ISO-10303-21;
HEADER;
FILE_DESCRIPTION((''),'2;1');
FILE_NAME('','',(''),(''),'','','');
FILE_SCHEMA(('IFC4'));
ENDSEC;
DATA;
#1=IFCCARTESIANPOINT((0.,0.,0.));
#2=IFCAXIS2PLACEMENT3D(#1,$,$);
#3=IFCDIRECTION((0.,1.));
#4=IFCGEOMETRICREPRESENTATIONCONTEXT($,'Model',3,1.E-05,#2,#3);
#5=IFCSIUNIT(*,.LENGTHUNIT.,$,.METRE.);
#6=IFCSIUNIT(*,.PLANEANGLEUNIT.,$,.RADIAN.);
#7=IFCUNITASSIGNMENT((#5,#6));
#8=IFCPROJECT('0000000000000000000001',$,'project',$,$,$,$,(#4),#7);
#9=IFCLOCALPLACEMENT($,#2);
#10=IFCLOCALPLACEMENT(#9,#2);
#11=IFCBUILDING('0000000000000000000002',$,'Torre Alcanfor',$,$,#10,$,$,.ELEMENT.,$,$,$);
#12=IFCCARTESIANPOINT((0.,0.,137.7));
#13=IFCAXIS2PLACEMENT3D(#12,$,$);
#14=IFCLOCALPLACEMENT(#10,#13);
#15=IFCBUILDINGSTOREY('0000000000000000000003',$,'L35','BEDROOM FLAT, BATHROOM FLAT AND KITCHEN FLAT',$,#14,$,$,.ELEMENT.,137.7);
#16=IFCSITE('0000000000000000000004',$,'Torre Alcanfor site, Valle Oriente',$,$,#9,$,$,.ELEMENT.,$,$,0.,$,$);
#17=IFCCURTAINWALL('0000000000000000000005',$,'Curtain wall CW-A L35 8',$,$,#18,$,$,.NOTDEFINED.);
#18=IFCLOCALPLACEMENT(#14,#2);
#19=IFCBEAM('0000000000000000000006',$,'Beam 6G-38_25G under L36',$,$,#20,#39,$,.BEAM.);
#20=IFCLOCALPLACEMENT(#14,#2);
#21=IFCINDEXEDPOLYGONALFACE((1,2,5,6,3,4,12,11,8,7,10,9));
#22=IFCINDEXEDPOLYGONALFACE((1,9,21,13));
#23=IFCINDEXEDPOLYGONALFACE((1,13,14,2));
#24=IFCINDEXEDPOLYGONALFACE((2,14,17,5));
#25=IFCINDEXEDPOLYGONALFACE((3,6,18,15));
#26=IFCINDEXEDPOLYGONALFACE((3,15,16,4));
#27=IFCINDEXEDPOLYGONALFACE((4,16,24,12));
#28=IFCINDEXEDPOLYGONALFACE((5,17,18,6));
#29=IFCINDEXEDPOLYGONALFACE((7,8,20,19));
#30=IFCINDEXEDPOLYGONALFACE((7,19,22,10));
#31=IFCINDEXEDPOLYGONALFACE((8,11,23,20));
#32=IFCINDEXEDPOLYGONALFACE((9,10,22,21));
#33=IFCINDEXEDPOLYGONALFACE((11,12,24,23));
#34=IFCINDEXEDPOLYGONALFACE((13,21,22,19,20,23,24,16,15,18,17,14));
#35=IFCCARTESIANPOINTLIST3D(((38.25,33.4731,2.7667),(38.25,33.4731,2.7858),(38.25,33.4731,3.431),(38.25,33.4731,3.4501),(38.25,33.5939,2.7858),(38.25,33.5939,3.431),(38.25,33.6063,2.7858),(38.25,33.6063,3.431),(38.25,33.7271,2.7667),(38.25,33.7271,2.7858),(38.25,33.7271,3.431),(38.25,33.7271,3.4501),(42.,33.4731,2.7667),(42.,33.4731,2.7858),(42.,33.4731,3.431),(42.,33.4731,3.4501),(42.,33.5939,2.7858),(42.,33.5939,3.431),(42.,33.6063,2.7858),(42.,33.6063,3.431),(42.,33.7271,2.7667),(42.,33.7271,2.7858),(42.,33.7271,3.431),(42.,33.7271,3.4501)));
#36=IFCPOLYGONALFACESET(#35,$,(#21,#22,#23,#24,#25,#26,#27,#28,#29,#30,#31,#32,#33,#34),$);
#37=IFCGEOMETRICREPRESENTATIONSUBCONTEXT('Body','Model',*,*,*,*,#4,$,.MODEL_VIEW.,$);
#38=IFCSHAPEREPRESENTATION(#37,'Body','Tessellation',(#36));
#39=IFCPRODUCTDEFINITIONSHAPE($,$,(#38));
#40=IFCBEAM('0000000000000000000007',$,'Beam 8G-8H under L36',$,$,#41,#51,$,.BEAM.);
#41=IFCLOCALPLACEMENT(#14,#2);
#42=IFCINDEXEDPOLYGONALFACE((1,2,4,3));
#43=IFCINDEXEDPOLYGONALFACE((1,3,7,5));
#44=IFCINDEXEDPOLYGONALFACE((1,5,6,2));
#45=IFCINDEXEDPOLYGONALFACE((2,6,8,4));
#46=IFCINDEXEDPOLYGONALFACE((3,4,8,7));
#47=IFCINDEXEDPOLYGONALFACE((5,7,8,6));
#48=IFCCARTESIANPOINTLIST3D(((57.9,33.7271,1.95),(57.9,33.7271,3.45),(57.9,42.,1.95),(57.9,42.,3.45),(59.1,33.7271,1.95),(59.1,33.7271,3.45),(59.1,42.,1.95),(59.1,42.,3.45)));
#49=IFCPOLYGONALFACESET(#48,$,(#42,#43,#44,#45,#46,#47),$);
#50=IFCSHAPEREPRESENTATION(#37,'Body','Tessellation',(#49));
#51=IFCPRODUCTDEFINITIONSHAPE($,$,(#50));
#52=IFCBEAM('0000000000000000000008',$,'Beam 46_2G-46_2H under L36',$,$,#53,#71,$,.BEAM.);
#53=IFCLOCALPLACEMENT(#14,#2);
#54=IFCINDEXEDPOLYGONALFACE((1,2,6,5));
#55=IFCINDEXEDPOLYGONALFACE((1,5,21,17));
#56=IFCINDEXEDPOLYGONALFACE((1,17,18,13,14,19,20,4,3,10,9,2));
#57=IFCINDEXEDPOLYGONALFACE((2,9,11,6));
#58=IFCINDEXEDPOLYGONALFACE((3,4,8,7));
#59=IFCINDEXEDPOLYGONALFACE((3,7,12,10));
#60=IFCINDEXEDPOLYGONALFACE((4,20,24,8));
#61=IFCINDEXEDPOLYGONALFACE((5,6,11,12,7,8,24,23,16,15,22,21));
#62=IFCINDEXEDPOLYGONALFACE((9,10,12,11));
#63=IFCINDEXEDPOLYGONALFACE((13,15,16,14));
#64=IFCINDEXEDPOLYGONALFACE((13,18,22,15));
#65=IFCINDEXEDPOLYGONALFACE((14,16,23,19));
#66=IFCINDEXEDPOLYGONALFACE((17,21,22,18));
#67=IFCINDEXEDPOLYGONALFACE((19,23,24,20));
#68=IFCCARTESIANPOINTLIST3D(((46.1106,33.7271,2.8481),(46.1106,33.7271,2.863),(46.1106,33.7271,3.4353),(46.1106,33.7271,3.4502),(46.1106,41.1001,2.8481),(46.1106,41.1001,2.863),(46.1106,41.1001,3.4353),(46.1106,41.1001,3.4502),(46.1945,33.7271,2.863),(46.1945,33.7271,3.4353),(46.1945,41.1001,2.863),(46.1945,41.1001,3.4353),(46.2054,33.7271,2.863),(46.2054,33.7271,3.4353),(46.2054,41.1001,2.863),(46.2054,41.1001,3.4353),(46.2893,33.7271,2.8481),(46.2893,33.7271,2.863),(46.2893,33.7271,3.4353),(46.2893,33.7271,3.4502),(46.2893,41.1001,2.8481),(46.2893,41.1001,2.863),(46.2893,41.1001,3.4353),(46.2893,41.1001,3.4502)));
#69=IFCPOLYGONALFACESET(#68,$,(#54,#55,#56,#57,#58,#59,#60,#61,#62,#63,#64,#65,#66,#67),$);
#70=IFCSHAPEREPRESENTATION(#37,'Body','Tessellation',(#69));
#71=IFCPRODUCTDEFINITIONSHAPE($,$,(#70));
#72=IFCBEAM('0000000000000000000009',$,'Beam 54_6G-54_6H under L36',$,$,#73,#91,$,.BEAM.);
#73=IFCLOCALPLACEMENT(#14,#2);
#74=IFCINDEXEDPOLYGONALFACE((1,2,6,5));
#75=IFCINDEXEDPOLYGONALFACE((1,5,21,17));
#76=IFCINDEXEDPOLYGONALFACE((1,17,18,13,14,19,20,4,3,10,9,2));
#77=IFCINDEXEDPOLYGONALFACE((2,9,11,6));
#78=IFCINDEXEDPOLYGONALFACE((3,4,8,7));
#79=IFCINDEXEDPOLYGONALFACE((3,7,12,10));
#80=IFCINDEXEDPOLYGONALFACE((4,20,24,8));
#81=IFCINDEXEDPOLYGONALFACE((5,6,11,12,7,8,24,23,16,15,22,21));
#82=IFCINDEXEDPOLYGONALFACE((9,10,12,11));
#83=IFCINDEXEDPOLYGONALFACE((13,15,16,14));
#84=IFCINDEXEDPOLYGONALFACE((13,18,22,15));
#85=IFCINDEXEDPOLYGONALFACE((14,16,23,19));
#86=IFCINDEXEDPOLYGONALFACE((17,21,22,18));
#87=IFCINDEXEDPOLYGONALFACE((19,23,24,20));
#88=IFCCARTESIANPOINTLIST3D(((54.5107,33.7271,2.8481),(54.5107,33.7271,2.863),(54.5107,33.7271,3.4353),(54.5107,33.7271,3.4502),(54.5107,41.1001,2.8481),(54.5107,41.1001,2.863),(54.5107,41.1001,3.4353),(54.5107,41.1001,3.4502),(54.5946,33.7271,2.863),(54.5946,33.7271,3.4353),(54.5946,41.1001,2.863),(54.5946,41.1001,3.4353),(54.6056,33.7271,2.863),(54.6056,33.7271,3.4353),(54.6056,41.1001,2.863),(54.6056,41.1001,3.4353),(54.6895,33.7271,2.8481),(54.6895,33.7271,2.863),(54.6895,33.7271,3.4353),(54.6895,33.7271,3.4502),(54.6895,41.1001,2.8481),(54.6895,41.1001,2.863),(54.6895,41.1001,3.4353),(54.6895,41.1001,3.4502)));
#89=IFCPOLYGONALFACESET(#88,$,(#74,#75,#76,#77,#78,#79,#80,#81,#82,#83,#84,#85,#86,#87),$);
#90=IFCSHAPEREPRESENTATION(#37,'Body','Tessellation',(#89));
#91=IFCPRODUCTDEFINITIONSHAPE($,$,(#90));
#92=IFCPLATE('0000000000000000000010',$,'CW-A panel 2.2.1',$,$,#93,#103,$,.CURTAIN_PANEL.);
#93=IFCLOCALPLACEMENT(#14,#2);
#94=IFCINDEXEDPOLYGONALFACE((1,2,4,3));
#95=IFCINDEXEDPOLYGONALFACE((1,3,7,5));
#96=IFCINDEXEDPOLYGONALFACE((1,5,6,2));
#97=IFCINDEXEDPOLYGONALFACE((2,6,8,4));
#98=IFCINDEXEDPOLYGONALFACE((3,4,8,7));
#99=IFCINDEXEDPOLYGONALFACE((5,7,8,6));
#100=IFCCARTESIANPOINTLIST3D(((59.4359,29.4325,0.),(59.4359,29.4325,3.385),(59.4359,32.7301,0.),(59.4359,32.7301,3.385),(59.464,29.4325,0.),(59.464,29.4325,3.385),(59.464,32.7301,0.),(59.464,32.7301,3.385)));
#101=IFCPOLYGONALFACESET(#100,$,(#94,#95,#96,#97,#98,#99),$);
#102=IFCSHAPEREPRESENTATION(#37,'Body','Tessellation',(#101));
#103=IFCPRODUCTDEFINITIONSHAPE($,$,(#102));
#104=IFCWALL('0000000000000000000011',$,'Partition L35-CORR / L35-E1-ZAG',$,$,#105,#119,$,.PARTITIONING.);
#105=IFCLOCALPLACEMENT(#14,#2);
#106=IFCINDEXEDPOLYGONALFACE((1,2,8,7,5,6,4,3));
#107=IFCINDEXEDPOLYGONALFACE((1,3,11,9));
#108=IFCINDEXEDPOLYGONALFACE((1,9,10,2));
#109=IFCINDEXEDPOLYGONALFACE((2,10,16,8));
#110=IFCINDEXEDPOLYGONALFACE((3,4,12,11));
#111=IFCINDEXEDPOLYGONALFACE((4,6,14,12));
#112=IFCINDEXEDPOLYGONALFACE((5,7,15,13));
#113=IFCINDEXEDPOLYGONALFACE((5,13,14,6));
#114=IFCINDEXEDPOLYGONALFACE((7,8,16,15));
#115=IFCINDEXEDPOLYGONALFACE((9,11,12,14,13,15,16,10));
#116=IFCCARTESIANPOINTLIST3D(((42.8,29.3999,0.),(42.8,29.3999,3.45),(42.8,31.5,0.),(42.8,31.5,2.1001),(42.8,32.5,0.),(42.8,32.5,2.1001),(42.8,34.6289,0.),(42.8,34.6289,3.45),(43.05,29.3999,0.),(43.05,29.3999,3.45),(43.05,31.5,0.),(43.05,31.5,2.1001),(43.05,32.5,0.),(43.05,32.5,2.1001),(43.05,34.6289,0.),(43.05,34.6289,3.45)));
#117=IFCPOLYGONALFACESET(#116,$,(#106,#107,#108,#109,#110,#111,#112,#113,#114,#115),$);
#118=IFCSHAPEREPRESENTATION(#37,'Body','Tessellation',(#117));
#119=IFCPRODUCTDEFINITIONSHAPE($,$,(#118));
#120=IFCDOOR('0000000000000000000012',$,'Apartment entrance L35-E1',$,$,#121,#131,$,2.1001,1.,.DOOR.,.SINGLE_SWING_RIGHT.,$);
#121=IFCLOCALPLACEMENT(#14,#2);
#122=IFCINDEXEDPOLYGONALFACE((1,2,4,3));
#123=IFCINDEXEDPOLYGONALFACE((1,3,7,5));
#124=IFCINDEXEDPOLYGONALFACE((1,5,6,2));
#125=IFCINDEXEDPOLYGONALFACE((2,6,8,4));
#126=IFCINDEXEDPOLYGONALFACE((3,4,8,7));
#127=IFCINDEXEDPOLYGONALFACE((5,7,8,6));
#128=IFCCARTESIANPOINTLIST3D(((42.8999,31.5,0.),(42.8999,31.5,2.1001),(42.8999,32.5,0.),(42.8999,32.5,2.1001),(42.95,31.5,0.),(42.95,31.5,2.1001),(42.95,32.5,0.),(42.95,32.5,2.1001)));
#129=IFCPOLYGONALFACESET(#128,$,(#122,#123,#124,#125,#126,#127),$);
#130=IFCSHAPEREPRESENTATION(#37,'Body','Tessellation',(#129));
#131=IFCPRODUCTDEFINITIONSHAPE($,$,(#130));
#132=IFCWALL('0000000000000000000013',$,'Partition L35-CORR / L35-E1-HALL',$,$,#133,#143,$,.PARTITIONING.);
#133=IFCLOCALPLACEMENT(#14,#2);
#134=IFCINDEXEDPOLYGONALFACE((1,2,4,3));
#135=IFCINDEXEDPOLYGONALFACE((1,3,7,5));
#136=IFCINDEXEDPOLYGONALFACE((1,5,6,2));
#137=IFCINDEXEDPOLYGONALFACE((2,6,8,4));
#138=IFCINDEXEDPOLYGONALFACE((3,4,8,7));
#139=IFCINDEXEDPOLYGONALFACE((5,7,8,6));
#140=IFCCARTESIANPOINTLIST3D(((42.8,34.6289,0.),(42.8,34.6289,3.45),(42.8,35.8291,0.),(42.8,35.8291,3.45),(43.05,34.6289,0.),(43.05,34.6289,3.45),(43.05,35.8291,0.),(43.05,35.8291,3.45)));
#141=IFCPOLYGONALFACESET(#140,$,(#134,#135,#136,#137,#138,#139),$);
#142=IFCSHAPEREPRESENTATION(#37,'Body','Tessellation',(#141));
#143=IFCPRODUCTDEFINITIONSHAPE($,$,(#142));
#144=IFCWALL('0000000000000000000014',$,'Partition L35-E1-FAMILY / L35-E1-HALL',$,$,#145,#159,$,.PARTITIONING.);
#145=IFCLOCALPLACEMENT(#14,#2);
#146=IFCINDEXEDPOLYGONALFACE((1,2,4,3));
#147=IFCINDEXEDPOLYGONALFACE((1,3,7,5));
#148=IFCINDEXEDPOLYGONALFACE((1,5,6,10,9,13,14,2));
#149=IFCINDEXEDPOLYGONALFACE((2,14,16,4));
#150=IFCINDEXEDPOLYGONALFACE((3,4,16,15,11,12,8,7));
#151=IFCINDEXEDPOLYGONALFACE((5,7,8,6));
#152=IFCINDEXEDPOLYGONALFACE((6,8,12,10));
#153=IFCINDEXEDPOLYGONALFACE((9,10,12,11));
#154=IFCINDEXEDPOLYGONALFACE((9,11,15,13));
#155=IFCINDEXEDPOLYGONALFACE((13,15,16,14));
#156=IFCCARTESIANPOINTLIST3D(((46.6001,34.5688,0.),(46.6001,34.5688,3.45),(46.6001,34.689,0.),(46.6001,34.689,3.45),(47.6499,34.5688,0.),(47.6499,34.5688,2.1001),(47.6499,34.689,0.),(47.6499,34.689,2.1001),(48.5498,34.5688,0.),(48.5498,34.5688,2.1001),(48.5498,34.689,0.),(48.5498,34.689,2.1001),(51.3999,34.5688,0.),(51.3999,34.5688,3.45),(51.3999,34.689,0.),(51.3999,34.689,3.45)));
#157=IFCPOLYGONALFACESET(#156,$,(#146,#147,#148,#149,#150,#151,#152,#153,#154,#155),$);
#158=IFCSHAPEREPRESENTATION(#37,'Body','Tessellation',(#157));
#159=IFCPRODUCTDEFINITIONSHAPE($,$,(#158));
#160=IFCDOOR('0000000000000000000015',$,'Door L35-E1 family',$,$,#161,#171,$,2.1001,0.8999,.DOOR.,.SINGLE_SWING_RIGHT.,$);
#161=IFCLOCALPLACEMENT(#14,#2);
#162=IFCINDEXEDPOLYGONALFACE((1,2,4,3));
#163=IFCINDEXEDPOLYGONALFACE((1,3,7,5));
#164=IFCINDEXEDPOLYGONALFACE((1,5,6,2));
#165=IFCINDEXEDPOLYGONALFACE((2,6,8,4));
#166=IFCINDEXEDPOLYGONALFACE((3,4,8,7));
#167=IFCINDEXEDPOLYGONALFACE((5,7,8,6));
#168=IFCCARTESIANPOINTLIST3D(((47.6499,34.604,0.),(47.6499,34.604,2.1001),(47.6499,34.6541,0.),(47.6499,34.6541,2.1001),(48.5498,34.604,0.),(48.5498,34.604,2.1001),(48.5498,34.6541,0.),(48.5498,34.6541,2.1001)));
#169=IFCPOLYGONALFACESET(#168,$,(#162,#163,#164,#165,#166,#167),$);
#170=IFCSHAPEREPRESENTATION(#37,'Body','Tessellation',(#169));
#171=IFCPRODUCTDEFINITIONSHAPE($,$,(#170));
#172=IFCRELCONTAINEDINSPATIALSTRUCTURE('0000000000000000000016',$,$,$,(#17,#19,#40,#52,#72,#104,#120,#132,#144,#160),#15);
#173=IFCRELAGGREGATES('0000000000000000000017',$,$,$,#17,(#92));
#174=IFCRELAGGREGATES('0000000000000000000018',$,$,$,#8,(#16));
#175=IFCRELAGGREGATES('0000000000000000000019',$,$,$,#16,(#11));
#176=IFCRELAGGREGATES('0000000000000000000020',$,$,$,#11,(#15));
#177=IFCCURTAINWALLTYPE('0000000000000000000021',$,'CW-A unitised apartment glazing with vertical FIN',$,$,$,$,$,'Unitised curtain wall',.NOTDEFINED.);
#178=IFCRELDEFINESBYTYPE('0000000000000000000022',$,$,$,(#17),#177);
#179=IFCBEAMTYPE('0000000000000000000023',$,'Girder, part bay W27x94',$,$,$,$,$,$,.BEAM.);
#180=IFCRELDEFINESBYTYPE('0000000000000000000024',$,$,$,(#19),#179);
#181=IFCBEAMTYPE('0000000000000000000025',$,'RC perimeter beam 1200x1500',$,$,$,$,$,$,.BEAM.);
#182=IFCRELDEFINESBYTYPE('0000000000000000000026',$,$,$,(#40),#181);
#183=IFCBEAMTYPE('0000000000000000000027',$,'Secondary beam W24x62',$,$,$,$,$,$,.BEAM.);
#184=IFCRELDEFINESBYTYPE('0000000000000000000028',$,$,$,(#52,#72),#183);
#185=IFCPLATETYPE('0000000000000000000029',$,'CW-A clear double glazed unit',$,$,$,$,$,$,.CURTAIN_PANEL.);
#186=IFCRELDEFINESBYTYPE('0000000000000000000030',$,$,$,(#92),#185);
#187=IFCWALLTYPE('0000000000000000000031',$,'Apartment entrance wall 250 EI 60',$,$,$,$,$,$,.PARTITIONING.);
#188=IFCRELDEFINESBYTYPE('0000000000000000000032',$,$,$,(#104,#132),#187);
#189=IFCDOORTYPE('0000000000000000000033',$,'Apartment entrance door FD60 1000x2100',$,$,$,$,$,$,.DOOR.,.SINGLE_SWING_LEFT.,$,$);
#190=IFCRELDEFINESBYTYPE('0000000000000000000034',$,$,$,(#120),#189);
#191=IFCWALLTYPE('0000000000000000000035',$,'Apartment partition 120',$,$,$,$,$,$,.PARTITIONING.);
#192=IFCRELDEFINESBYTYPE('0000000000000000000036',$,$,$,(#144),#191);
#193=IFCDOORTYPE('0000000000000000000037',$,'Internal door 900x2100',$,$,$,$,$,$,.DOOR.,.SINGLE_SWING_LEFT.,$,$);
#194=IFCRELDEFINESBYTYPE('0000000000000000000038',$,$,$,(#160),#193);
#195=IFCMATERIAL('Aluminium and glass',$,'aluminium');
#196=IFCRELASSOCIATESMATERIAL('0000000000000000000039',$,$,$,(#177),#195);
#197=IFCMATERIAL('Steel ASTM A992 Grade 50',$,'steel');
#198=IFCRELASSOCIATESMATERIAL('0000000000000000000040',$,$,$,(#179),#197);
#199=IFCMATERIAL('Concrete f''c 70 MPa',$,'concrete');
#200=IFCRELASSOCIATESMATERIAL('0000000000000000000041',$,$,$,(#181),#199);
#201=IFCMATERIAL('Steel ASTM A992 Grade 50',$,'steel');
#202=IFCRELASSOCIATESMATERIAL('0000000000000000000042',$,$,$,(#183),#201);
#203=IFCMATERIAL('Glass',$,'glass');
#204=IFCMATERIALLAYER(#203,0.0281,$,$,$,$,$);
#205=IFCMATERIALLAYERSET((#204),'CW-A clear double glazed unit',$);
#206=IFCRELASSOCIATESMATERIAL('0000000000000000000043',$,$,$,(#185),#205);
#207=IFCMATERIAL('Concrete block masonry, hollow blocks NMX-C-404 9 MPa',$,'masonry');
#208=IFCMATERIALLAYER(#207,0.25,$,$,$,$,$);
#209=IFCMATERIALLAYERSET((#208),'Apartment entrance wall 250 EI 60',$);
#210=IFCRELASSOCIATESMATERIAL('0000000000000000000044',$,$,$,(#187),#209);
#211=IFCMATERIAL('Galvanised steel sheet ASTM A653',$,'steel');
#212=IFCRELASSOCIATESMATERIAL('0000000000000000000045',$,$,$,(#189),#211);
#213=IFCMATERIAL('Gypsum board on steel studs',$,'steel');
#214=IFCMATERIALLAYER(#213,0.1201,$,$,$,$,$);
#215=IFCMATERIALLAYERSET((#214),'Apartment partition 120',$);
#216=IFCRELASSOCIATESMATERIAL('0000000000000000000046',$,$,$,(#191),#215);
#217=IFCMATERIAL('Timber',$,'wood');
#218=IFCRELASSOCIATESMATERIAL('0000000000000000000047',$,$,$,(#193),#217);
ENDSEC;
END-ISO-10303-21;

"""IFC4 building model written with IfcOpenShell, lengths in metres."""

from ifc_helpers import new_model, si_unit, direction, frame, frame_2d, origin, origin_2d, place, context, subcontext, project, spatial, rectangle, i_section, extrude, material, layer, layer_set, material_profile, profile_set, type_object, element, fill, aggregate, save


model = new_model("IFC4")

# Units and contexts
model_context = context("Model", 3, precision=1e-05, world=origin(), true_north=direction((0.0, 1.0)))
body_context = subcontext(model_context, "Body", "Model", "MODEL_VIEW")
ifc_project = project(units=[si_unit("LENGTHUNIT", "METRE"), si_unit("PLANEANGLEUNIT", "RADIAN")], contexts=[model_context])

# Site, building, storey
site_placement = place(None, origin())
site = spatial("IfcSite", under=ifc_project, at=site_placement, Name="Torre Alcanfor site, Valle Oriente", CompositionType="ELEMENT", RefElevation=0.0)
building_placement = place(site_placement, origin())
building = spatial("IfcBuilding", under=site, at=building_placement, Name="Torre Alcanfor", CompositionType="ELEMENT")
storey_placement = place(building_placement, frame((0.0, 0.0, 137.7)))
storey = spatial("IfcBuildingStorey", under=building, at=storey_placement, Name="L35", Description="BEDROOM FLAT, BATHROOM FLAT AND KITCHEN FLAT", CompositionType="ELEMENT", Elevation=137.7)

# Curtain wall
ifc_material_1 = material(Name="Aluminium and glass", Category="aluminium")
curtain_wall_type = type_object("IfcCurtainWallType", Name="CW-A unitised apartment glazing with vertical FIN", ElementType="Unitised curtain wall", PredefinedType="NOTDEFINED", material=ifc_material_1)
curtain_wall_placement = place(storey_placement, origin())
curtain_wall = element("IfcCurtainWall", 1, at=curtain_wall_placement, inside=storey, type_object=curtain_wall_type, Name="Curtain wall CW-A L35 8", PredefinedType="NOTDEFINED")

# Beams
ifc_material_2 = material(Name="Steel ASTM A992 Grade 50", Category="steel")
ifc_material_profile_1 = material_profile(ifc_material_2, i_section(OverallWidth=0.2539, OverallDepth=0.6833, WebThickness=0.0125, FlangeThickness=0.019, at=origin_2d()), Name="W27x94")
ifc_profile_set_1 = profile_set([ifc_material_profile_1], Name="Steel ASTM A992 Grade 50")
beam_type_1 = type_object("IfcBeamType", Name="Girder, part bay W27x94", PredefinedType="BEAM", material=ifc_profile_set_1)
beam_1_placement = place(storey_placement, frame((42.0, 33.6001, 3.1084), z_axis=(-1.0, 0.0, 0.0), x_axis=(0.0, -1.0, 0.0)))
element("IfcBeam", 2, at=beam_1_placement, inside=storey, type_object=beam_type_1, Name="Beam 6G-38_25G under L36", PredefinedType="BEAM", context=body_context, shape_type="SweptSolid", body=[
    extrude(i_section(OverallWidth=0.2539, OverallDepth=0.6833, WebThickness=0.0125, FlangeThickness=0.019, at=origin_2d()), origin(), (0.0, 0.0, 1.0), 3.75),
])
ifc_material_3 = material(Name="Concrete f'c 70 MPa", Category="concrete")
ifc_material_profile_2 = material_profile(ifc_material_3, rectangle(XDim=1.2, YDim=1.5, at=origin_2d()), Name="1200x1500")
ifc_profile_set_2 = profile_set([ifc_material_profile_2], Name="Concrete f'c 70 MPa")
beam_type_2 = type_object("IfcBeamType", Name="RC perimeter beam 1200x1500", PredefinedType="BEAM", material=ifc_profile_set_2)
beam_2_placement = place(storey_placement, frame((58.5, 33.7271, 2.7), z_axis=(0.0, 1.0, 0.0), x_axis=(-1.0, 0.0, 0.0)))
element("IfcBeam", 3, at=beam_2_placement, inside=storey, type_object=beam_type_2, Name="Beam 8G-8H under L36", PredefinedType="BEAM", context=body_context, shape_type="SweptSolid", body=[
    extrude(rectangle(XDim=1.2, YDim=1.5, at=origin_2d()), origin(), (0.0, 0.0, 1.0), 8.2729),
])
ifc_material_4 = material(Name="Steel ASTM A992 Grade 50", Category="steel")
ifc_material_profile_3 = material_profile(ifc_material_4, i_section(OverallWidth=0.1787, OverallDepth=0.6021, WebThickness=0.011, FlangeThickness=0.0149, at=origin_2d()), Name="W24x62")
ifc_profile_set_3 = profile_set([ifc_material_profile_3], Name="Steel ASTM A992 Grade 50")
beam_type_3 = type_object("IfcBeamType", Name="Secondary beam W24x62", PredefinedType="BEAM", material=ifc_profile_set_3)
for number, where, z_axis, x_axis, name in (
    (4, (46.2, 33.7271, 3.1492), (0.0, 1.0, 0.0), (-1.0, 0.0, 0.0), "Beam 46_2G-46_2H under L36"),
    (5, (54.6001, 33.7271, 3.1492), (0.0, 1.0, 0.0), (-1.0, 0.0, 0.0), "Beam 54_6G-54_6H under L36"),
):
    element("IfcBeam", number, at=place(storey_placement, frame(where, z_axis=z_axis, x_axis=x_axis)), inside=storey, type_object=beam_type_3, Name=name, PredefinedType="BEAM", context=body_context, shape_type="SweptSolid", body=[
        extrude(i_section(OverallWidth=0.1787, OverallDepth=0.6021, WebThickness=0.011, FlangeThickness=0.0149, at=origin_2d()), origin(), (0.0, 0.0, 1.0), 7.373),
    ])

# Plate
ifc_material_5 = material(Name="Glass", Category="glass")
ifc_layer_1 = layer(ifc_material_5, 0.0281)
ifc_layer_set_1 = layer_set([ifc_layer_1], Name="CW-A clear double glazed unit")
plate_type = type_object("IfcPlateType", Name="CW-A clear double glazed unit", PredefinedType="CURTAIN_PANEL", material=ifc_layer_set_1)
plate_placement = place(storey_placement, frame((59.45, 31.0813, 0.0), z_axis=(0.0, 0.0, 1.0), x_axis=(0.0, 1.0, 0.0)))
plate = element("IfcPlate", 6, at=plate_placement, type_object=plate_type, Name="CW-A panel 2.2.1", PredefinedType="CURTAIN_PANEL", context=body_context, shape_type="SweptSolid", body=[
    extrude(rectangle(XDim=3.2976, YDim=0.0281, at=origin_2d()), origin(), (0.0, 0.0, 1.0), 3.385),
])
aggregate(curtain_wall, [plate])

# Wall, opening, door
ifc_material_6 = material(Name="Concrete block masonry, hollow blocks NMX-C-404 9 MPa", Category="masonry")
ifc_layer_2 = layer(ifc_material_6, 0.25)
ifc_layer_set_2 = layer_set([ifc_layer_2], Name="Apartment entrance wall 250 EI 60")
wall_type_1 = type_object("IfcWallType", Name="Apartment entrance wall 250 EI 60", PredefinedType="PARTITIONING", material=ifc_layer_set_2)
wall_1_placement = place(storey_placement, frame((42.925, 34.6289, 0.0), z_axis=(0.0, 0.0, 1.0), x_axis=(0.0, -1.0, 0.0)))
wall_1 = element("IfcWall", 7, at=wall_1_placement, inside=storey, type_object=wall_type_1, Name="Partition L35-CORR / L35-E1-ZAG", PredefinedType="PARTITIONING", context=body_context, shape_type="SweptSolid", body=[
    extrude(rectangle(XDim=5.229, YDim=0.25, at=frame_2d((2.6145, 0.0))), origin(), (0.0, 0.0, 1.0), 3.45),
])
opening_1_placement = place(wall_1_placement, frame((2.1289, 0.0, 0.0)))
opening_1 = element("IfcOpeningElement", 8, at=opening_1_placement, cuts=wall_1, PredefinedType="OPENING", context=body_context, shape_type="SweptSolid", body=[
    extrude(rectangle(XDim=1.0, YDim=2.1001, at=frame_2d((0.5, 1.05))), frame((0.0, 0.135, 0.0), z_axis=(0.0, -1.0, 0.0), x_axis=(1.0, 0.0, 0.0)), (0.0, 0.0, 1.0), 0.27),
])
ifc_material_7 = material(Name="Galvanised steel sheet ASTM A653", Category="steel")
door_type_1 = type_object("IfcDoorType", Name="Apartment entrance door FD60 1000x2100", OperationType="SINGLE_SWING_LEFT", PredefinedType="DOOR", material=ifc_material_7)
door_1_placement = place(opening_1_placement, origin())
door_1 = element("IfcDoor", 9, at=door_1_placement, inside=storey, type_object=door_type_1, Name="Apartment entrance L35-E1", OperationType="SINGLE_SWING_RIGHT", OverallHeight=2.1001, OverallWidth=1.0, PredefinedType="DOOR", context=body_context, shape_type="SweptSolid", body=[
    extrude(rectangle(XDim=1.0, YDim=2.1001, at=frame_2d((0.5, 1.05))), frame((0.0, 0.0249, 0.0), z_axis=(0.0, -1.0, 0.0), x_axis=(1.0, 0.0, 0.0)), (0.0, 0.0, 1.0), 0.05),
])
fill(opening_1, door_1)

# Wall
wall_2_placement = place(storey_placement, frame((42.925, 35.8291, 0.0), z_axis=(0.0, 0.0, 1.0), x_axis=(0.0, -1.0, 0.0)))
element("IfcWall", 10, at=wall_2_placement, inside=storey, type_object=wall_type_1, Name="Partition L35-CORR / L35-E1-HALL", PredefinedType="PARTITIONING", context=body_context, shape_type="SweptSolid", body=[
    extrude(rectangle(XDim=1.2002, YDim=0.25, at=frame_2d((0.6001, 0.0))), origin(), (0.0, 0.0, 1.0), 3.45),
])

# Wall, opening, door
ifc_material_8 = material(Name="Gypsum board on steel studs", Category="steel")
ifc_layer_3 = layer(ifc_material_8, 0.1201)
ifc_layer_set_3 = layer_set([ifc_layer_3], Name="Apartment partition 120")
wall_type_2 = type_object("IfcWallType", Name="Apartment partition 120", PredefinedType="PARTITIONING", material=ifc_layer_set_3)
wall_3_placement = place(storey_placement, frame((51.3999, 34.6289, 0.0), z_axis=(0.0, 0.0, 1.0), x_axis=(-1.0, 0.0, 0.0)))
wall_3 = element("IfcWall", 11, at=wall_3_placement, inside=storey, type_object=wall_type_2, Name="Partition L35-E1-FAMILY / L35-E1-HALL", PredefinedType="PARTITIONING", context=body_context, shape_type="SweptSolid", body=[
    extrude(rectangle(XDim=4.7998, YDim=0.1201, at=frame_2d((2.3999, 0.0))), origin(), (0.0, 0.0, 1.0), 3.45),
])
opening_2_placement = place(wall_3_placement, frame((2.8501, 0.0, 0.0)))
opening_2 = element("IfcOpeningElement", 12, at=opening_2_placement, cuts=wall_3, PredefinedType="OPENING", context=body_context, shape_type="SweptSolid", body=[
    extrude(rectangle(XDim=0.8999, YDim=2.1001, at=frame_2d((0.45, 1.05))), frame((0.0, 0.0701, 0.0), z_axis=(0.0, -1.0, 0.0), x_axis=(1.0, 0.0, 0.0)), (0.0, 0.0, 1.0), 0.1401),
])
ifc_material_9 = material(Name="Timber", Category="wood")
door_type_2 = type_object("IfcDoorType", Name="Internal door 900x2100", OperationType="SINGLE_SWING_LEFT", PredefinedType="DOOR", material=ifc_material_9)
door_2_placement = place(opening_2_placement, origin())
door_2 = element("IfcDoor", 13, at=door_2_placement, inside=storey, type_object=door_type_2, Name="Door L35-E1 family", OperationType="SINGLE_SWING_RIGHT", OverallHeight=2.1001, OverallWidth=0.8999, PredefinedType="DOOR", context=body_context, shape_type="SweptSolid", body=[
    extrude(rectangle(XDim=0.8999, YDim=2.1001, at=frame_2d((0.45, 1.05))), frame((0.0, 0.0249, 0.0), z_axis=(0.0, -1.0, 0.0), x_axis=(1.0, 0.0, 0.0)), (0.0, 0.0, 1.0), 0.05),
])
fill(opening_2, door_2)

save(model, "model.ifc")
